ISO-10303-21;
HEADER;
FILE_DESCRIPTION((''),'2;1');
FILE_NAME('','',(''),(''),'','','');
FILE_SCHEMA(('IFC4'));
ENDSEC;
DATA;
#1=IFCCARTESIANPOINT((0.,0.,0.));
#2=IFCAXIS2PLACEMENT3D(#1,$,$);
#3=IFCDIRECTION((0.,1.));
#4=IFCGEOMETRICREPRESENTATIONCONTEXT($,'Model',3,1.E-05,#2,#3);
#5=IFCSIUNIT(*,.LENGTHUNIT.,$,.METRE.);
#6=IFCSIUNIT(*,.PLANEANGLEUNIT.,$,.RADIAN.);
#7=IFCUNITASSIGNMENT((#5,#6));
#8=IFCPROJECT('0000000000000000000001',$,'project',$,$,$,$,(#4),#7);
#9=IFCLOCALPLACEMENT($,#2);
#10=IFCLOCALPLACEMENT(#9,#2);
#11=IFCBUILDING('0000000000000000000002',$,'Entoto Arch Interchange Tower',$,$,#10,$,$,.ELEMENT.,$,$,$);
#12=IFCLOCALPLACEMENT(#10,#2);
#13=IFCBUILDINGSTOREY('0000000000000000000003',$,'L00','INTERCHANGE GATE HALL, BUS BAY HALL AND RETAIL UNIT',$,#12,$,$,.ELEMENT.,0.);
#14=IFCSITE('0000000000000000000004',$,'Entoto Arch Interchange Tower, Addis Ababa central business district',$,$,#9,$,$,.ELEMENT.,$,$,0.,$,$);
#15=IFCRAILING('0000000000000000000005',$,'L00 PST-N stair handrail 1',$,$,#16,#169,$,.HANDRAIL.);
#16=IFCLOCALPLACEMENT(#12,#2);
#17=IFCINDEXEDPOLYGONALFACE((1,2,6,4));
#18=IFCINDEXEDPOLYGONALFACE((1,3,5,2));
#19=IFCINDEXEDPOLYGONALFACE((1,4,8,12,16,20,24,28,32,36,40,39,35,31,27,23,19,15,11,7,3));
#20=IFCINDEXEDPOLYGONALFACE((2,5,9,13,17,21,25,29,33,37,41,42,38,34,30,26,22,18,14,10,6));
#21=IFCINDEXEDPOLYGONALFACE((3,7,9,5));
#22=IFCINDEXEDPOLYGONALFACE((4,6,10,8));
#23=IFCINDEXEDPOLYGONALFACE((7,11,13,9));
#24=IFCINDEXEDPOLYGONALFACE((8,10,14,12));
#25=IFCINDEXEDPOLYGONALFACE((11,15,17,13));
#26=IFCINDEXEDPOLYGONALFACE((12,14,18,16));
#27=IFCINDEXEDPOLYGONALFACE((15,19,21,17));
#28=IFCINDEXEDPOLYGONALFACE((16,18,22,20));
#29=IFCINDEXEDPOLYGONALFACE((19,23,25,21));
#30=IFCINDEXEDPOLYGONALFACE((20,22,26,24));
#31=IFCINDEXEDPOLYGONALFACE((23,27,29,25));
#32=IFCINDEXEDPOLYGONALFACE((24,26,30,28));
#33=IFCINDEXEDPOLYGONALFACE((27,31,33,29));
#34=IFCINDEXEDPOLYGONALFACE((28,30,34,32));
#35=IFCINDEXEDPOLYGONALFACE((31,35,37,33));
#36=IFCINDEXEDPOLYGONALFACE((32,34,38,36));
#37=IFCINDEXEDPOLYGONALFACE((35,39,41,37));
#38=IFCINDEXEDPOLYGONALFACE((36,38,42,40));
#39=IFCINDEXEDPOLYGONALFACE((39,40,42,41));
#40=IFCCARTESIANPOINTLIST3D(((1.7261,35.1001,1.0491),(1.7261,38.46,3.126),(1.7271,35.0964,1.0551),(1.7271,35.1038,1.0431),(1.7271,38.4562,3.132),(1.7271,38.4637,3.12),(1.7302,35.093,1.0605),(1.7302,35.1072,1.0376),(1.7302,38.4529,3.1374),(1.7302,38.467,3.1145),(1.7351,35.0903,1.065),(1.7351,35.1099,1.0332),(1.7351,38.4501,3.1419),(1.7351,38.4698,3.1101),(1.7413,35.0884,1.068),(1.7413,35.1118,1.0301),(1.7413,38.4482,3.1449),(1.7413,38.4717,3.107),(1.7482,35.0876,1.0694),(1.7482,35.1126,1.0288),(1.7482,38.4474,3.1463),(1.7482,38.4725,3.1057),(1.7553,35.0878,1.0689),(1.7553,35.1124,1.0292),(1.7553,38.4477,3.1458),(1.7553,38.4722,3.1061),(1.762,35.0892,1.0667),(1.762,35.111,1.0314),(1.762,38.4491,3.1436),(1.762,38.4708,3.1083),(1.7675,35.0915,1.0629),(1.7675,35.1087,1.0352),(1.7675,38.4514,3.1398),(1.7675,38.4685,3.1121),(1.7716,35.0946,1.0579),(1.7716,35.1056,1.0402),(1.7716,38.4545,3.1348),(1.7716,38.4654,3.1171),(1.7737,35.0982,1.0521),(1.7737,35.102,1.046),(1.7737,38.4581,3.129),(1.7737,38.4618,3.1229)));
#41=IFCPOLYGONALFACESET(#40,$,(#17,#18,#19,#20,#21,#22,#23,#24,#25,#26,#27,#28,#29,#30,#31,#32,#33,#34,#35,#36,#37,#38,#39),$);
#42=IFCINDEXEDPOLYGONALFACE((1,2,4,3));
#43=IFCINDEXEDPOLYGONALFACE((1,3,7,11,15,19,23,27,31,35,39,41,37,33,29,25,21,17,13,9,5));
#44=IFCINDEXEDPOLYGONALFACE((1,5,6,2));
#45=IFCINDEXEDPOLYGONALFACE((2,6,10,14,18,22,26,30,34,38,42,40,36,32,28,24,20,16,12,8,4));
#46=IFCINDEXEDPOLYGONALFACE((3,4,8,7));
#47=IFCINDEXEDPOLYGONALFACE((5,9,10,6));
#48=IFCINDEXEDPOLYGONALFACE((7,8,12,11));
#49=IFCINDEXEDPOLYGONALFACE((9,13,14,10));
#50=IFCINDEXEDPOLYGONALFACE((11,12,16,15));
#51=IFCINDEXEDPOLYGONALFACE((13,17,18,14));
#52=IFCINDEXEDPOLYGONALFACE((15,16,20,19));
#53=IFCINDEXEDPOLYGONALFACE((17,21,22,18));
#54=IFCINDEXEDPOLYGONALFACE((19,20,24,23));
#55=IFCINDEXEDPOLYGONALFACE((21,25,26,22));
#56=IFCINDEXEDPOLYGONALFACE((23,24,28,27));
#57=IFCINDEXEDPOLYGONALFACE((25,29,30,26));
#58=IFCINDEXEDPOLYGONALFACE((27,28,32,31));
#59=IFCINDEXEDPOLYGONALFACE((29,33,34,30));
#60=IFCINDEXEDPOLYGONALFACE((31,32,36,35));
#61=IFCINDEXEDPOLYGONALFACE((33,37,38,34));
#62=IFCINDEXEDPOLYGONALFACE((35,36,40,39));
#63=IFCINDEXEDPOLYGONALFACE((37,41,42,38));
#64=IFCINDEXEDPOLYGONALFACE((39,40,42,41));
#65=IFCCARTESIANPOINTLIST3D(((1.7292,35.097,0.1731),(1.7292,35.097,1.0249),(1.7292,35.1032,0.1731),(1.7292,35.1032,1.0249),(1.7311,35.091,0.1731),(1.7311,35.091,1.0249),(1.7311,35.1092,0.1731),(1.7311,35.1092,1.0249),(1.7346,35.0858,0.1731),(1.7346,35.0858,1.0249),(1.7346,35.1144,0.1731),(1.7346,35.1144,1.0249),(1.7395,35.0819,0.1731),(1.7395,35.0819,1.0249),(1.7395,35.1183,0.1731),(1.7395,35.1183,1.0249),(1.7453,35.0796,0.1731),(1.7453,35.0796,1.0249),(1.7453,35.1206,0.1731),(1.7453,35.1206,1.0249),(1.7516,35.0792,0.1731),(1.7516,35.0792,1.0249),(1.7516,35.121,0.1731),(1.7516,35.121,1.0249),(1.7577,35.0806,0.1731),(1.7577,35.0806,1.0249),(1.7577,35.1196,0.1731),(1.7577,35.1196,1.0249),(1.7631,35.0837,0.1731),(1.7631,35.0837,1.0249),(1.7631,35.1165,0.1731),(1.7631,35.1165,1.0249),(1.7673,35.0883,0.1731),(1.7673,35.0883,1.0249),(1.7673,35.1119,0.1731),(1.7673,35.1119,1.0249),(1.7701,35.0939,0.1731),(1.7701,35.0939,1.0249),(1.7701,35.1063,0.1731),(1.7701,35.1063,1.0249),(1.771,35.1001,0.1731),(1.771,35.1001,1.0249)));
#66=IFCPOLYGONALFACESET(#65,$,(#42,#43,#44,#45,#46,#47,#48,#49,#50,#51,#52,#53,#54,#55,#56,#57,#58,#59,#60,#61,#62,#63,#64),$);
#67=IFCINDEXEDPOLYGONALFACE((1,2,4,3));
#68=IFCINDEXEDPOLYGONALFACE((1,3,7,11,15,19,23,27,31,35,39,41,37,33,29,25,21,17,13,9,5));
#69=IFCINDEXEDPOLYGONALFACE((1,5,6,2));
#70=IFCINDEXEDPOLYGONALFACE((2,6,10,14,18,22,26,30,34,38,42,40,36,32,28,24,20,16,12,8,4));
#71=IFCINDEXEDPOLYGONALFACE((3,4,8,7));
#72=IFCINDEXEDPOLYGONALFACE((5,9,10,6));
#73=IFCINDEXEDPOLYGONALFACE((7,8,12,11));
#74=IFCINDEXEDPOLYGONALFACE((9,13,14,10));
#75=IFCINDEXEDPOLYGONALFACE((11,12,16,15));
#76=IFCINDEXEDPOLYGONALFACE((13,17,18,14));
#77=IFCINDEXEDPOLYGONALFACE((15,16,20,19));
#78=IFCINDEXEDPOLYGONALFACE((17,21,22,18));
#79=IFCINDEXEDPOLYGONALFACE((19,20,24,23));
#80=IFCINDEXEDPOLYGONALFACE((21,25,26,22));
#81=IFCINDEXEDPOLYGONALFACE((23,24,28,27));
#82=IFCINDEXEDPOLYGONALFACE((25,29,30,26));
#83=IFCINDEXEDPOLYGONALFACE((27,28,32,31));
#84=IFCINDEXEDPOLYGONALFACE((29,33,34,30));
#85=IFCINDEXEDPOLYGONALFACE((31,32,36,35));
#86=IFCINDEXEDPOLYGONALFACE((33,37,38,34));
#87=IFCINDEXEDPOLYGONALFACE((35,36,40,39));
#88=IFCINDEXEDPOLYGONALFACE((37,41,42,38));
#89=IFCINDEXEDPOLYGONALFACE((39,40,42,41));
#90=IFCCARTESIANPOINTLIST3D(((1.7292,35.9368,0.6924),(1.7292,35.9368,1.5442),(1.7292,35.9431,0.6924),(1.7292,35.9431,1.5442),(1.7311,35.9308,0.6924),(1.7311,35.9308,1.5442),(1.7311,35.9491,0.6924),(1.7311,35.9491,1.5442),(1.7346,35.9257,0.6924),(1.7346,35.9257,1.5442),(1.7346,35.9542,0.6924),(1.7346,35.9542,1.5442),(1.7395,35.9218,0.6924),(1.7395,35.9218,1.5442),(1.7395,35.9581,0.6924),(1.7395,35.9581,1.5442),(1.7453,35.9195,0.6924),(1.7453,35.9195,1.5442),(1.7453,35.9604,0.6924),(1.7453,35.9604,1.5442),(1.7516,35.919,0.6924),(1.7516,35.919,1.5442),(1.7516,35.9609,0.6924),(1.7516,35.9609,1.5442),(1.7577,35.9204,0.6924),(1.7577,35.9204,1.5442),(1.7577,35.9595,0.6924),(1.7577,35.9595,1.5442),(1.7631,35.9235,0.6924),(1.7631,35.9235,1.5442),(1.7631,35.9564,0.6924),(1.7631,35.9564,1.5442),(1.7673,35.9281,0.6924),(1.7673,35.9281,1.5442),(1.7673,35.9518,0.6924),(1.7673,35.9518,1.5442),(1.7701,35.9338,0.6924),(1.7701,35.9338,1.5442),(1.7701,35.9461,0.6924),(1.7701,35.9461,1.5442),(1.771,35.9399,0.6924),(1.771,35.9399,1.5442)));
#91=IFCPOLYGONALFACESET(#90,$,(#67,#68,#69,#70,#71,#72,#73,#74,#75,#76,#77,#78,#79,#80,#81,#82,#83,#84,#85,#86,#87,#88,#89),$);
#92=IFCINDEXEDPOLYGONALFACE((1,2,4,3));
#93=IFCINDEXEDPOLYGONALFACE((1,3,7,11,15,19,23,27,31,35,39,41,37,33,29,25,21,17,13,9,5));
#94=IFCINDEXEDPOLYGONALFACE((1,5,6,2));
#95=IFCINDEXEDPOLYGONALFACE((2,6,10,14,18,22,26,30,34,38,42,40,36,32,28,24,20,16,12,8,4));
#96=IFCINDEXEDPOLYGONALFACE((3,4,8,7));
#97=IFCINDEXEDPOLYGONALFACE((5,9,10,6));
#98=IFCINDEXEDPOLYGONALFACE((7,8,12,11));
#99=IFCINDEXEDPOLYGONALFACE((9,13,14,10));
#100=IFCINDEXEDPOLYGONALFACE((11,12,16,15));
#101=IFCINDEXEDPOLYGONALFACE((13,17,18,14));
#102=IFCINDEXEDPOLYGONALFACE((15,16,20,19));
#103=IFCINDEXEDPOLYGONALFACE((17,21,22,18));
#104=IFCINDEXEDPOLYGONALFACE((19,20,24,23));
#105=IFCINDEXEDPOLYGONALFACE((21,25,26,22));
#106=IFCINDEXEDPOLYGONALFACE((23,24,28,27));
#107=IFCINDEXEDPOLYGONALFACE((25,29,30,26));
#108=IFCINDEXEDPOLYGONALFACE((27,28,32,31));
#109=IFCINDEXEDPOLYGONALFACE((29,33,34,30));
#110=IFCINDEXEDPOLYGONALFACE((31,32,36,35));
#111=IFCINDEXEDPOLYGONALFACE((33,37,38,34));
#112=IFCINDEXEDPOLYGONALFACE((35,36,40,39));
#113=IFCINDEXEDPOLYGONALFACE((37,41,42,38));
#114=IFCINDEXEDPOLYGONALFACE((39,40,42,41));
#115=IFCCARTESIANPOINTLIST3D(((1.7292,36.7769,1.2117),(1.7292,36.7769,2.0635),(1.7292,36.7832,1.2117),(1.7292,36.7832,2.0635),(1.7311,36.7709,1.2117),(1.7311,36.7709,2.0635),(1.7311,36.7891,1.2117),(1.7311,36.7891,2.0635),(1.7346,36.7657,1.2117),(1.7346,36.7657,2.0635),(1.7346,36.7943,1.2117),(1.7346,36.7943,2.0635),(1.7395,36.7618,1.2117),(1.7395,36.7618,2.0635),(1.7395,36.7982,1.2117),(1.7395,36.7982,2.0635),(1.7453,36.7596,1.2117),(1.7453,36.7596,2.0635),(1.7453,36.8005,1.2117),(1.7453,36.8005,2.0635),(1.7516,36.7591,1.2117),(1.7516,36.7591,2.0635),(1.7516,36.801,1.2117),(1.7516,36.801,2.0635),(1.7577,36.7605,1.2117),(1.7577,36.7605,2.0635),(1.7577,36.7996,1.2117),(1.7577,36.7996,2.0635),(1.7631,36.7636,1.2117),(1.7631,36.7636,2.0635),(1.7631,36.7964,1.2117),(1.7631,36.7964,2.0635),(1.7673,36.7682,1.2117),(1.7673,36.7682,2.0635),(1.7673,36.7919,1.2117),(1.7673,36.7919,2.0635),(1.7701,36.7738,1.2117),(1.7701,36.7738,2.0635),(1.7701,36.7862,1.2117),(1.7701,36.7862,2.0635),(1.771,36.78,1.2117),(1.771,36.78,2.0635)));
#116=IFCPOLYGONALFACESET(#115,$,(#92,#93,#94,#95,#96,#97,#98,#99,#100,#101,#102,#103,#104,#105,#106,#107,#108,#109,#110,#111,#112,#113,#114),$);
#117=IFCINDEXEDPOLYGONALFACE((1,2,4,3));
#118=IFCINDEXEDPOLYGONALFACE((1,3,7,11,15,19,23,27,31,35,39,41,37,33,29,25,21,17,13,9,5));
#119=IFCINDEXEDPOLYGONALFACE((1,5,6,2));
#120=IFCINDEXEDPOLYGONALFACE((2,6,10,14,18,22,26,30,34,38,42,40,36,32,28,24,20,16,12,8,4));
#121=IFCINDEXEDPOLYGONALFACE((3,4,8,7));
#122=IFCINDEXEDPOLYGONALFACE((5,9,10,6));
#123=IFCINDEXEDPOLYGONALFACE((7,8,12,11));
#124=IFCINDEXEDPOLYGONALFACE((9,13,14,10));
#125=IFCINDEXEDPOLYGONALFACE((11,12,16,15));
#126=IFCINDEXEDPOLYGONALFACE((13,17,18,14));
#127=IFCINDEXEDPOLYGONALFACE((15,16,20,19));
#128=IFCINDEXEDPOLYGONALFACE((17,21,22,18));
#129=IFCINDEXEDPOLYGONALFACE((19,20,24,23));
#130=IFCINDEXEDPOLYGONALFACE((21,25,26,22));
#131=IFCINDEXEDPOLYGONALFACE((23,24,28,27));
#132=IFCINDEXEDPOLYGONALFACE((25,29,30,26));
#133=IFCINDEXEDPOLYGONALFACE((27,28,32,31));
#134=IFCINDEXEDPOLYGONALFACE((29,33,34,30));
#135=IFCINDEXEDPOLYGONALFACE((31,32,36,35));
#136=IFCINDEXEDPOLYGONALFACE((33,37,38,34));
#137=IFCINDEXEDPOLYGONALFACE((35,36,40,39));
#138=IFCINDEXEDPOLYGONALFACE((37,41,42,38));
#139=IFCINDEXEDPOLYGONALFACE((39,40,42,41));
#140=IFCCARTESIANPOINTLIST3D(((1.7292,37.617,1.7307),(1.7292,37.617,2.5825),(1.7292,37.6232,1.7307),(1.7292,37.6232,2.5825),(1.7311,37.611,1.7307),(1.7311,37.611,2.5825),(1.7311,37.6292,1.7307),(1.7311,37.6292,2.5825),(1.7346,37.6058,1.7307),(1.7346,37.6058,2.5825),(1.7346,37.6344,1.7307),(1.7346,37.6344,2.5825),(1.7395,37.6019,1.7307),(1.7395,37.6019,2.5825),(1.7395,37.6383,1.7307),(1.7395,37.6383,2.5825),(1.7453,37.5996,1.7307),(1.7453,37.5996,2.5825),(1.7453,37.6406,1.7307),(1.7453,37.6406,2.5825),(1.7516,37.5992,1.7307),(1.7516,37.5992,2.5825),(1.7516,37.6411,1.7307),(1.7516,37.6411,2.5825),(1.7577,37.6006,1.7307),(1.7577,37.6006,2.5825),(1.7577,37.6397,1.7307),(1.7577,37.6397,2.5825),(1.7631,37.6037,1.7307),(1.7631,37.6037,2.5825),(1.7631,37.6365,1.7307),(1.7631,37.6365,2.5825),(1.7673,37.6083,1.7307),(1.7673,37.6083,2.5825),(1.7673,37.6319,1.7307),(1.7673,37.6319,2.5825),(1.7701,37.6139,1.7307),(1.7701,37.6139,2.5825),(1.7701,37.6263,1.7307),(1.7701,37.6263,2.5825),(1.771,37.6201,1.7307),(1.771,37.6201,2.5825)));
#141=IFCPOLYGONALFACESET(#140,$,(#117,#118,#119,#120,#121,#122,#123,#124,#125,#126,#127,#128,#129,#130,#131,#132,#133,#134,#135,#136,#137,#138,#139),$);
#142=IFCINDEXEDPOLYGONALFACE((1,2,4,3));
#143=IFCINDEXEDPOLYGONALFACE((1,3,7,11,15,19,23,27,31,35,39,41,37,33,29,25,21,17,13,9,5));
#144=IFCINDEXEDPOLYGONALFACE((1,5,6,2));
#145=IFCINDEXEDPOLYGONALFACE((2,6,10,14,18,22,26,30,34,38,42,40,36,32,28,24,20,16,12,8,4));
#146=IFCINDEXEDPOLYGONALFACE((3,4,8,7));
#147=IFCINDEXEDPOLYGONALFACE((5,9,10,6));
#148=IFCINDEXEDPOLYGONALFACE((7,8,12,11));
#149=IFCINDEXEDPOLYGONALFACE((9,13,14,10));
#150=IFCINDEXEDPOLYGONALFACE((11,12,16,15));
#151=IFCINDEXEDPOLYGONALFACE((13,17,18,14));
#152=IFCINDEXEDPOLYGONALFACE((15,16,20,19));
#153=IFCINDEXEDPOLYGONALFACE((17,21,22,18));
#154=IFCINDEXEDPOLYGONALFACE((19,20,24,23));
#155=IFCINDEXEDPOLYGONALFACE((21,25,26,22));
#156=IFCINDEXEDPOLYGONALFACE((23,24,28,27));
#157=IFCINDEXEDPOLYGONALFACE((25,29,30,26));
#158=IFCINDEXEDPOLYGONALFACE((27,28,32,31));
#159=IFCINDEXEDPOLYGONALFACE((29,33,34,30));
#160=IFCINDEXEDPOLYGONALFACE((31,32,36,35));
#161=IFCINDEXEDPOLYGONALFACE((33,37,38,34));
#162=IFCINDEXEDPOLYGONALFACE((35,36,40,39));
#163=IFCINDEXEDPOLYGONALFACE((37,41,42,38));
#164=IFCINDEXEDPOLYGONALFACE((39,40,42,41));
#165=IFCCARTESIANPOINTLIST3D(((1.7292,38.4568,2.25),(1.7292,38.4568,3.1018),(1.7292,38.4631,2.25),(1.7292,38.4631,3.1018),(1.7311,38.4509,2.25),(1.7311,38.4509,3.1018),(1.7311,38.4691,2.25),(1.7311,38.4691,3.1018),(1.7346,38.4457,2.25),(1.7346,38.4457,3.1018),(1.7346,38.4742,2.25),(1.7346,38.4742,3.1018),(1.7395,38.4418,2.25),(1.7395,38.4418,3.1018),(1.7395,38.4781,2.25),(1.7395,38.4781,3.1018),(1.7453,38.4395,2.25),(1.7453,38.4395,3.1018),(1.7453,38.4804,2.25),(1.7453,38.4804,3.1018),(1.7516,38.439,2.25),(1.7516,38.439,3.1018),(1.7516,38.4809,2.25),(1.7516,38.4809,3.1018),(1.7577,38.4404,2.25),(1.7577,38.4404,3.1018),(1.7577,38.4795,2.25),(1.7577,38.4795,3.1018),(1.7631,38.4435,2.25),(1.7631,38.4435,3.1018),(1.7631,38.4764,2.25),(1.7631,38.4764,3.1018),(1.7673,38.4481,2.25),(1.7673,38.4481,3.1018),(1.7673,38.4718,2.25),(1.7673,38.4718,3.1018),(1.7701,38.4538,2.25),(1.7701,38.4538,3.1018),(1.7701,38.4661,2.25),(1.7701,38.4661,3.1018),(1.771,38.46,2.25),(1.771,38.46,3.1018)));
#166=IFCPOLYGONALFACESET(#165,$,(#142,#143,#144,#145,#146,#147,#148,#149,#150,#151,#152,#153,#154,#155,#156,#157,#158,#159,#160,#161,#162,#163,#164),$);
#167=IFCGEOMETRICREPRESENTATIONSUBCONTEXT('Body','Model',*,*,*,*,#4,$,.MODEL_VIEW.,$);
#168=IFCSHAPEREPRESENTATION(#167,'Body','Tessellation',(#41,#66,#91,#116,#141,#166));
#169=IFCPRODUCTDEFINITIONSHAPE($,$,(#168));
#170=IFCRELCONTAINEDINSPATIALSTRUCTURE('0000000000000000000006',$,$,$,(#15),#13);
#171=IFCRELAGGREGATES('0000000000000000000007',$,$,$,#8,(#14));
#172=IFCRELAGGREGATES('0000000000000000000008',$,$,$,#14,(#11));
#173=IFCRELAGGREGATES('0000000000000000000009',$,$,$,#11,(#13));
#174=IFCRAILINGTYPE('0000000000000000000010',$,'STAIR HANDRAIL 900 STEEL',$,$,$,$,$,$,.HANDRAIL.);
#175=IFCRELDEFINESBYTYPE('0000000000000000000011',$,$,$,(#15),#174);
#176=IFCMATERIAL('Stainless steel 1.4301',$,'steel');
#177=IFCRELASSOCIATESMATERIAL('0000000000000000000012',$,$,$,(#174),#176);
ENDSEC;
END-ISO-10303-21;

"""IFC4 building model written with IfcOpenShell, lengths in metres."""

from ifc_helpers import new_model, si_unit, direction, frame, origin, origin_2d, place, context, subcontext, project, spatial, circle, extrude, material, type_object, element, save


model = new_model("IFC4")

# Units and contexts
model_context = context("Model", 3, precision=1e-05, world=origin(), true_north=direction((0.0, 1.0)))
body_context = subcontext(model_context, "Body", "Model", "MODEL_VIEW")
ifc_project = project(units=[si_unit("LENGTHUNIT", "METRE"), si_unit("PLANEANGLEUNIT", "RADIAN")], contexts=[model_context])

# Site, building, storey
site_placement = place(None, origin())
site = spatial("IfcSite", under=ifc_project, at=site_placement, Name="Entoto Arch Interchange Tower, Addis Ababa central business district", CompositionType="ELEMENT", RefElevation=0.0)
building_placement = place(site_placement, origin())
building = spatial("IfcBuilding", under=site, at=building_placement, Name="Entoto Arch Interchange Tower", CompositionType="ELEMENT")
storey_placement = place(building_placement, origin())
storey = spatial("IfcBuildingStorey", under=building, at=storey_placement, Name="L00", Description="INTERCHANGE GATE HALL, BUS BAY HALL AND RETAIL UNIT", CompositionType="ELEMENT", Elevation=0.0)

# Railing
ifc_material_1 = material(Name="Stainless steel 1.4301", Category="steel")
railing_type_1 = type_object("IfcRailingType", Name="STAIR HANDRAIL 900 STEEL", PredefinedType="HANDRAIL", material=ifc_material_1)
for number, where, name in (
    (1, (1.75, 35.1001, 0.1731), "L00 PST-N stair handrail 1"),
):
    element("IfcRailing", number, at=place(storey_placement, frame(where)), inside=storey, type_object=railing_type_1, Name=name, PredefinedType="HANDRAIL", context=body_context, shape_type="SweptSolid", body=[
        extrude(circle(Radius=0.0239, at=origin_2d()), frame((0.0, 0.0, 0.876), z_axis=(0.0, 0.850606, 0.525803), x_axis=(-1.0, 0.0, 0.0)), (0.0, 0.0, 1.0), 3.95),
        extrude(circle(Radius=0.021, at=origin_2d()), origin(), (0.0, 0.0, 1.0), 0.8518),
        extrude(circle(Radius=0.021, at=origin_2d()), frame((0.0, 0.8398, 0.5193)), (0.0, 0.0, 1.0), 0.8518),
        extrude(circle(Radius=0.021, at=origin_2d()), frame((0.0, 1.6799, 1.0386)), (0.0, 0.0, 1.0), 0.8518),
        extrude(circle(Radius=0.021, at=origin_2d()), frame((0.0, 2.52, 1.5576)), (0.0, 0.0, 1.0), 0.8518),
        extrude(circle(Radius=0.021, at=origin_2d()), frame((0.0, 3.3599, 2.0769)), (0.0, 0.0, 1.0), 0.8518),
    ])

save(model, "model.ifc")
